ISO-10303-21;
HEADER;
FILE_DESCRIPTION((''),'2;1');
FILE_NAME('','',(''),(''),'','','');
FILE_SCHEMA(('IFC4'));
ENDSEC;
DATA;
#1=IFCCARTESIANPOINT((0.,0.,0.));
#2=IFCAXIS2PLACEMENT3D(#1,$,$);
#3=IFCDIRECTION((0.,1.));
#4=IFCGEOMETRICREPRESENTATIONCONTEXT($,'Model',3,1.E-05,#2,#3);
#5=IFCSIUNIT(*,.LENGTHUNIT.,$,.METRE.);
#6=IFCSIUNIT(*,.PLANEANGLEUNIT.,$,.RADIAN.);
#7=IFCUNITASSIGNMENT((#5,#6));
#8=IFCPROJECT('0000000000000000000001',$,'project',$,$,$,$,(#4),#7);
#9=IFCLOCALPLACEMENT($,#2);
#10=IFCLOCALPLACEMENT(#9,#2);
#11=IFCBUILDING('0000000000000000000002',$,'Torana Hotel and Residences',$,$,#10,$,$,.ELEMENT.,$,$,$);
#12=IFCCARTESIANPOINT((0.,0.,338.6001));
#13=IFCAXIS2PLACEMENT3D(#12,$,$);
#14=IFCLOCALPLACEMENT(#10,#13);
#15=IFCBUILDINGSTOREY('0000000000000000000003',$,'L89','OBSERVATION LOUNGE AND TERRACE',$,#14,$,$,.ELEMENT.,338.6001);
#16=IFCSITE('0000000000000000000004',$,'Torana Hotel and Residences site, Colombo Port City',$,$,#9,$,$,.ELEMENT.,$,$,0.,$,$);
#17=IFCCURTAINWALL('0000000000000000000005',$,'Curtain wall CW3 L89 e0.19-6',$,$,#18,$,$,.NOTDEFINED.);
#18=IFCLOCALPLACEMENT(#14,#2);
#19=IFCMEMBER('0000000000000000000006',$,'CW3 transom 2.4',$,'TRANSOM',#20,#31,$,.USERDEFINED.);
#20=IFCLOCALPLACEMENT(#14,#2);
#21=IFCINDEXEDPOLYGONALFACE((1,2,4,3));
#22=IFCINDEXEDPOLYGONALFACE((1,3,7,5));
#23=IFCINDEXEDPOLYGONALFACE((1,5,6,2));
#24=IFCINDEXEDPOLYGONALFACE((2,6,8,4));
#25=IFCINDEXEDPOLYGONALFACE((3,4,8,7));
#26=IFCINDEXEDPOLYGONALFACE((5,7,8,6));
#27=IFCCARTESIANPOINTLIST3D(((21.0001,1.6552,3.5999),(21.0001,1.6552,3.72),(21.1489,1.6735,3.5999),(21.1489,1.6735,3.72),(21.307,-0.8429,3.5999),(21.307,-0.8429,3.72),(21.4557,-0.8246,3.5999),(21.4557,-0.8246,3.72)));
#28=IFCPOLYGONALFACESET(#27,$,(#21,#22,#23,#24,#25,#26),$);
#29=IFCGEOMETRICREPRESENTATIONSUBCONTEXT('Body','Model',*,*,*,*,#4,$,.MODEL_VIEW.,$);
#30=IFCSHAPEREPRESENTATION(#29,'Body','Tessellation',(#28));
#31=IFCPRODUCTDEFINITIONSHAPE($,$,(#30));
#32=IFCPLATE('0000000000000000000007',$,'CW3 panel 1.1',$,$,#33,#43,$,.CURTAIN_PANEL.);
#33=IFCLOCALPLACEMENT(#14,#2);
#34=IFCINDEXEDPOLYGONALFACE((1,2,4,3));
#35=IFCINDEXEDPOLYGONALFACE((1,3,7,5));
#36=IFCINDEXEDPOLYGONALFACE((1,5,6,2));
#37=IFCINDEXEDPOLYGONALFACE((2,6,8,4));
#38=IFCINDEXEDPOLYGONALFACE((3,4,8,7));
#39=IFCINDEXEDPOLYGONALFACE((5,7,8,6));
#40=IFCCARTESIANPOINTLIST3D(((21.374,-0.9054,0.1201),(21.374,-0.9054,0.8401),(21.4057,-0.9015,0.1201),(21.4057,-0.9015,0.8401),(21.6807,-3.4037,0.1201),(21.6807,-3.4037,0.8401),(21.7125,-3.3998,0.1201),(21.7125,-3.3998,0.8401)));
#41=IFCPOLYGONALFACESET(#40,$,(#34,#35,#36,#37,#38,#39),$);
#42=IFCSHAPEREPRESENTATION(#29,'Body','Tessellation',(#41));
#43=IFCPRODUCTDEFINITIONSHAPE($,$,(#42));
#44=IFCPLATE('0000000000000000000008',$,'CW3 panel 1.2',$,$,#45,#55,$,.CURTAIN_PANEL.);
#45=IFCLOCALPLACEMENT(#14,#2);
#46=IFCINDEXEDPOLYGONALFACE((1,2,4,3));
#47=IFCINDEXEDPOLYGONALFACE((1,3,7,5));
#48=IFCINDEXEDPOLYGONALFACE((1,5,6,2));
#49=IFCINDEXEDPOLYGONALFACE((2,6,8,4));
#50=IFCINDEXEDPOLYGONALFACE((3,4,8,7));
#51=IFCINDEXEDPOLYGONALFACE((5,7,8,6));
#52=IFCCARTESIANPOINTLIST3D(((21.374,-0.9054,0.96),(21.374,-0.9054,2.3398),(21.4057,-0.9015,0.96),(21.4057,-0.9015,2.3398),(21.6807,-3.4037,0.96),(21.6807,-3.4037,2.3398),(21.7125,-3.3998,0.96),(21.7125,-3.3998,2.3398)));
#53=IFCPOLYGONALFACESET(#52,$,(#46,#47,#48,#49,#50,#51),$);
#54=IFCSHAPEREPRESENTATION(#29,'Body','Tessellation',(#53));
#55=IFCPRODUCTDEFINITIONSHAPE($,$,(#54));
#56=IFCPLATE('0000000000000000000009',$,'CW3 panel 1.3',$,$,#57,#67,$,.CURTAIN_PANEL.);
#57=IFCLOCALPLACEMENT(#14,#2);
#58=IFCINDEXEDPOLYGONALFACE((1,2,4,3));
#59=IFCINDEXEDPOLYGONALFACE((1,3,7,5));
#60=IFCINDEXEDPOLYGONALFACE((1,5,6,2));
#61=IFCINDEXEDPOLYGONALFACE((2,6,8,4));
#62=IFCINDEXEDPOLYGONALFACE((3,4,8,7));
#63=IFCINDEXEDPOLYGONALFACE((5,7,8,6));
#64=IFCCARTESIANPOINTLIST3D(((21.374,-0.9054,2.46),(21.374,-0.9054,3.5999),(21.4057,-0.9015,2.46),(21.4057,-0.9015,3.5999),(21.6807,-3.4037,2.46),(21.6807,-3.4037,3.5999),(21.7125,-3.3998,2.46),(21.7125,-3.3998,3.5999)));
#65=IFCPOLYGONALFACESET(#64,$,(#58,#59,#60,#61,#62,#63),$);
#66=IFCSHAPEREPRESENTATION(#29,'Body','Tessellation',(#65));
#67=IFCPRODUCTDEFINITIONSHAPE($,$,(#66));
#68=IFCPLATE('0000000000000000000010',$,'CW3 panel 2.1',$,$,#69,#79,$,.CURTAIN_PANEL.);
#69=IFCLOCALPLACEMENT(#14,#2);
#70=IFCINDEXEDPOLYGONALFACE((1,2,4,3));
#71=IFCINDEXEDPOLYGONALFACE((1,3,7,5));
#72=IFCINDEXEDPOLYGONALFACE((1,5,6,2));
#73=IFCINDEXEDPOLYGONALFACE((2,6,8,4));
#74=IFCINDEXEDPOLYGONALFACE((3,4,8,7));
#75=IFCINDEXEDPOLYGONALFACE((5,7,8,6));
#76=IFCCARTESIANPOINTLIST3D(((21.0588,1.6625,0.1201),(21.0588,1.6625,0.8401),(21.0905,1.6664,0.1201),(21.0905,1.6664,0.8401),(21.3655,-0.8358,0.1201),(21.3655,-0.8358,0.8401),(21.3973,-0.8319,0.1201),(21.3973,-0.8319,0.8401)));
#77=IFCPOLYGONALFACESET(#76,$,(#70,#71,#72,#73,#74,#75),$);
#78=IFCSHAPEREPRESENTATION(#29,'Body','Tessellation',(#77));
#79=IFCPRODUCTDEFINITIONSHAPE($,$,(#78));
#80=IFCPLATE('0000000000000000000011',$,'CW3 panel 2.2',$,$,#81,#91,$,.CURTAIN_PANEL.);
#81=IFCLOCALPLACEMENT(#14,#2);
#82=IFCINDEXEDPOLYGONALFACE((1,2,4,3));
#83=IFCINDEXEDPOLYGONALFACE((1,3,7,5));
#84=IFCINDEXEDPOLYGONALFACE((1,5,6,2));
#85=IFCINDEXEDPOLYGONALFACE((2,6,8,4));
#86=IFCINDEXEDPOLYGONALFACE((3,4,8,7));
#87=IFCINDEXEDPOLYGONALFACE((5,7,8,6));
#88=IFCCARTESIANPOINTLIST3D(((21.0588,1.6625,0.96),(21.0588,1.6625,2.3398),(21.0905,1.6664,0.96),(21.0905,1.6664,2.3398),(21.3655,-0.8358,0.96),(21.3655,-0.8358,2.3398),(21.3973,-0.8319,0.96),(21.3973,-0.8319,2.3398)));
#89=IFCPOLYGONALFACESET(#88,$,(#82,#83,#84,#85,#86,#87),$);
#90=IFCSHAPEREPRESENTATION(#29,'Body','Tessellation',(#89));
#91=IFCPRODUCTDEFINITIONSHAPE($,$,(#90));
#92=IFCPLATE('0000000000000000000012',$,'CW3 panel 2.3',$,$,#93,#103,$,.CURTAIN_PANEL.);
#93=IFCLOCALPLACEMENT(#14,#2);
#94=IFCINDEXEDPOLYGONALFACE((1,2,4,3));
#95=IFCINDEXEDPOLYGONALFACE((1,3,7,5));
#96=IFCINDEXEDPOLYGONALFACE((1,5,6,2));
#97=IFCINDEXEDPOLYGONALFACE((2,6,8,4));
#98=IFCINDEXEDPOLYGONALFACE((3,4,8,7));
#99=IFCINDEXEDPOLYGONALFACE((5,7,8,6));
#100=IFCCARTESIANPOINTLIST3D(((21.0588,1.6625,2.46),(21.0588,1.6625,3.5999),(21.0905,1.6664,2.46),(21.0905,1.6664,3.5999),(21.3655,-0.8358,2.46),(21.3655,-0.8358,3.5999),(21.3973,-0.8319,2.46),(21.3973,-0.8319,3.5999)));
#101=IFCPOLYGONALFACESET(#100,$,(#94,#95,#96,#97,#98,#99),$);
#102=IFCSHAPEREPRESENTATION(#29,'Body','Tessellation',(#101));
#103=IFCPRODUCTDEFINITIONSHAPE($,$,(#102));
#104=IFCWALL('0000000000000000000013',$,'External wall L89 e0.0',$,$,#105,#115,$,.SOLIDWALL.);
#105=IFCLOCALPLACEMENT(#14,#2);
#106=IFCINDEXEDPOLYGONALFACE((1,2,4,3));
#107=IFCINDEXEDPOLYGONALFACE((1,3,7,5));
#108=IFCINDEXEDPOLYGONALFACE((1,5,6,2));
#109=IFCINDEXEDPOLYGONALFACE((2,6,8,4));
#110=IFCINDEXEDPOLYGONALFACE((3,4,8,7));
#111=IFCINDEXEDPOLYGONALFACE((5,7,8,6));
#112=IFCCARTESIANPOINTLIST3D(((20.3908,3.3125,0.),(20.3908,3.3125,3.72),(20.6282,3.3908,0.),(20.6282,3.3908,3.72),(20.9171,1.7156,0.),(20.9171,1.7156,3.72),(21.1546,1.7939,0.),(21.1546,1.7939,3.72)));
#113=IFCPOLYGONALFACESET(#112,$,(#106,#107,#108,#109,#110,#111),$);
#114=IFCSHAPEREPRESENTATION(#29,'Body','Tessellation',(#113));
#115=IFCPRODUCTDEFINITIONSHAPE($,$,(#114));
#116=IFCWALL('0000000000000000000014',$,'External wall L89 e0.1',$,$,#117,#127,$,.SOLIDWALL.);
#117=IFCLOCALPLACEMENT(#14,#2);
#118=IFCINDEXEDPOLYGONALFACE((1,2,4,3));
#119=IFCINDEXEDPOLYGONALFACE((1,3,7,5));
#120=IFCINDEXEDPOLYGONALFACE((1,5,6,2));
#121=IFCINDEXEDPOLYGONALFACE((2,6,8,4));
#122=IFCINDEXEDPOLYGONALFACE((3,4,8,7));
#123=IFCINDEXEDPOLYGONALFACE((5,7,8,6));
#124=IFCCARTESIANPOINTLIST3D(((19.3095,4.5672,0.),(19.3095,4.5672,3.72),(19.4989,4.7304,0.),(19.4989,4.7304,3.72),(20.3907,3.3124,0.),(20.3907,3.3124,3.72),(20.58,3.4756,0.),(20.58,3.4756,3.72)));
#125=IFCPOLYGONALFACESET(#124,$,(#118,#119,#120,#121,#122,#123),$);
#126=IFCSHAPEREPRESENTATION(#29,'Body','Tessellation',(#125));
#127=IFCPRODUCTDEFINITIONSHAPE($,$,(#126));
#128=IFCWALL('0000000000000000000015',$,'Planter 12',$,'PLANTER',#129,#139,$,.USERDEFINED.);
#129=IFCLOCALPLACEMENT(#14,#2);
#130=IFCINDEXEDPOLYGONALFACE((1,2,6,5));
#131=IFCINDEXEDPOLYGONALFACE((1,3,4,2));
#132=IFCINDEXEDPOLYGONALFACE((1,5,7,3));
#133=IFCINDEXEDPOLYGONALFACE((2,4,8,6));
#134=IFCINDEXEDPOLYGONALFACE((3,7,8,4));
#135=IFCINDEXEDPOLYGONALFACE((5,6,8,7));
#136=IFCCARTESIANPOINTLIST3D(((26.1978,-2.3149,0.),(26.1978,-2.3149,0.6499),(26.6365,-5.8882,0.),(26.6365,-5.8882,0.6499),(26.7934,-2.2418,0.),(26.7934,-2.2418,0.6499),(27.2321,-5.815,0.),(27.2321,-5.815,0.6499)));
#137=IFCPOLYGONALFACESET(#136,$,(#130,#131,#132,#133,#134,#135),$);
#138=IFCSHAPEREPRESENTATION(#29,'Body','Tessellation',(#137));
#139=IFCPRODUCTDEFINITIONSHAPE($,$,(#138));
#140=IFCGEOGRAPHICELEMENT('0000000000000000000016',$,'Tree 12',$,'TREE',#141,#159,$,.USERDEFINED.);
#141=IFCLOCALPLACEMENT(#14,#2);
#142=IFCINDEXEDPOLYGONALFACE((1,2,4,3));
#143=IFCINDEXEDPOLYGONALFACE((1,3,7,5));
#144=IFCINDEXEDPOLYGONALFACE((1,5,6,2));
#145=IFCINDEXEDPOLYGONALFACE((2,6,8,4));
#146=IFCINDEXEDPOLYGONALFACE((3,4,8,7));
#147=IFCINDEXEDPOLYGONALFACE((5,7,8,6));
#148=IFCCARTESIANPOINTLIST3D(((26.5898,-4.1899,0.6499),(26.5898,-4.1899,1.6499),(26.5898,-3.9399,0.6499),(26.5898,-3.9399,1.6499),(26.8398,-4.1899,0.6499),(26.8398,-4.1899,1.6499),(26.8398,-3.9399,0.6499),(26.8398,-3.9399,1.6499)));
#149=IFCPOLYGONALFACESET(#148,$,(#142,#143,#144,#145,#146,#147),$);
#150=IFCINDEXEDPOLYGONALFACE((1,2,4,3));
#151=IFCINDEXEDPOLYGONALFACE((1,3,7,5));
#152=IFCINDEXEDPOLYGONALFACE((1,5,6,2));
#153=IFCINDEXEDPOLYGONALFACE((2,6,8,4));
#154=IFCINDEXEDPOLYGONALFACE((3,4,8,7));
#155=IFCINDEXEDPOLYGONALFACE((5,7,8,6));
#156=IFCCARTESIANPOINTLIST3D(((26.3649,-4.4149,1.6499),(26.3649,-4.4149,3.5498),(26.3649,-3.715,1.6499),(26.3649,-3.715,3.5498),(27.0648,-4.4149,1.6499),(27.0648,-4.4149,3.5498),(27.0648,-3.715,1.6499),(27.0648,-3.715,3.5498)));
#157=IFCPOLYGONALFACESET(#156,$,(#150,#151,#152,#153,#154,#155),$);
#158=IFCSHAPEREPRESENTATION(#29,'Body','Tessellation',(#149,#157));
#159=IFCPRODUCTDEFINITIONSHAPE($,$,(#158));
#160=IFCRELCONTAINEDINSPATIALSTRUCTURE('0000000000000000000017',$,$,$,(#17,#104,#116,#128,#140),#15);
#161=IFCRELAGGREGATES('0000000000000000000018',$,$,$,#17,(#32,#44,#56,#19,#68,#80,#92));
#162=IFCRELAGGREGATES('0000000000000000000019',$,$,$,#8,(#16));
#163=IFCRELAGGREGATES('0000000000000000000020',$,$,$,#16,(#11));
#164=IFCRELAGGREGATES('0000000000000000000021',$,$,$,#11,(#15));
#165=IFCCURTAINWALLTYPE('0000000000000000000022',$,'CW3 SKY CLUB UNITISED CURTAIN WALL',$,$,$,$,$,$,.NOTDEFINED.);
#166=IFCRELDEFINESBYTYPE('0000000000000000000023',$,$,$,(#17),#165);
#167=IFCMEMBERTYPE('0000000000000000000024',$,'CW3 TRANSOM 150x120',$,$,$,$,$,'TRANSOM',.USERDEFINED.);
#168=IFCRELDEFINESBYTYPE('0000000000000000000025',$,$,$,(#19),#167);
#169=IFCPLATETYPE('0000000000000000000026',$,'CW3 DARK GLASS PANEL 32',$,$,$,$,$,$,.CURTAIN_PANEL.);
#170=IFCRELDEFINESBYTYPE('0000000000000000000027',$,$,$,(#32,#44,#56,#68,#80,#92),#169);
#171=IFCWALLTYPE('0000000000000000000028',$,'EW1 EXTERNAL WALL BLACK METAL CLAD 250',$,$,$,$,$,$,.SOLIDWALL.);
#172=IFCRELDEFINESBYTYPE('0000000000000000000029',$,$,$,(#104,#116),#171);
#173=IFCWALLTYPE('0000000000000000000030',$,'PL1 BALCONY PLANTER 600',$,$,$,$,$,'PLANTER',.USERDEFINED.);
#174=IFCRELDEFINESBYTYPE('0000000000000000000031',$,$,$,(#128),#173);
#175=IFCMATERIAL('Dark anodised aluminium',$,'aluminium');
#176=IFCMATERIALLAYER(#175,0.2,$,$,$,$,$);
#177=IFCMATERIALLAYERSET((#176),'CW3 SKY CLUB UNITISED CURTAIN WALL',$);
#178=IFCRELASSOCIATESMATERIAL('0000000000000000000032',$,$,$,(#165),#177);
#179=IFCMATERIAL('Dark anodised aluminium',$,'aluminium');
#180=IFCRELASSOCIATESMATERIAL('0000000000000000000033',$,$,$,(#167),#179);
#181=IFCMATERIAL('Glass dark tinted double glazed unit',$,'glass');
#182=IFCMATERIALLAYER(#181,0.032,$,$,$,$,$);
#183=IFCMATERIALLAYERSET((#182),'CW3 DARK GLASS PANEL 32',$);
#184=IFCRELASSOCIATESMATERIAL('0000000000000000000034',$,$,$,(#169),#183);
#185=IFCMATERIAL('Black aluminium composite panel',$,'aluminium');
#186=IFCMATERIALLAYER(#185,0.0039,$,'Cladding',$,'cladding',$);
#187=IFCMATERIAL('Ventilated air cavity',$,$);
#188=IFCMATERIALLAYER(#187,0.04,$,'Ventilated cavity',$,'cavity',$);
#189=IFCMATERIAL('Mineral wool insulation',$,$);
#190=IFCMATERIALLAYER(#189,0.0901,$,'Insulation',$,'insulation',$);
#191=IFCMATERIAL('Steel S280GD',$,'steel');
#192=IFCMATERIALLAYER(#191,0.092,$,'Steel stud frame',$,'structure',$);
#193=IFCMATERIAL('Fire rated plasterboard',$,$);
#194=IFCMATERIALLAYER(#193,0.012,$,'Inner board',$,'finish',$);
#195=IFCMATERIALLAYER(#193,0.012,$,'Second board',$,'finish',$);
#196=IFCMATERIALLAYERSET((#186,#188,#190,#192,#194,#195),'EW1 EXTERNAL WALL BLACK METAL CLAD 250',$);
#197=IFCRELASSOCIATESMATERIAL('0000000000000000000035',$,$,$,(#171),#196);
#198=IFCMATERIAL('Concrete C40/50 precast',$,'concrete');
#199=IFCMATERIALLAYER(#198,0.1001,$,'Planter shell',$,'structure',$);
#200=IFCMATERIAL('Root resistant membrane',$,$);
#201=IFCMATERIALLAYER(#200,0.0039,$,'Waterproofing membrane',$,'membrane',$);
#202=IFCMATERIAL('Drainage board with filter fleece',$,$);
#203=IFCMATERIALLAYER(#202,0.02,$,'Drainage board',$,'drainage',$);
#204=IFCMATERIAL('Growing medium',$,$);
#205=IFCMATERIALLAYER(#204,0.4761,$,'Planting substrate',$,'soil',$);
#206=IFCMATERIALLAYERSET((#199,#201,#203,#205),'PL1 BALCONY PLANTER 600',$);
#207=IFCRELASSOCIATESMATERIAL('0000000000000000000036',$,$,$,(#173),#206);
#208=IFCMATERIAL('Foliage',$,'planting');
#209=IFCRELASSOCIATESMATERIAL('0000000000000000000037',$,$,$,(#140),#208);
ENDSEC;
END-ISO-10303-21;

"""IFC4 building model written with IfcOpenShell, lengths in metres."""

from ifc_helpers import new_model, si_unit, direction, frame, frame_2d, origin, origin_2d, place, context, subcontext, project, spatial, rectangle, extrude, material, layer, layer_set, material_profile, profile_set, type_object, element, aggregate, save


model = new_model("IFC4")

# Units and contexts
model_context = context("Model", 3, precision=1e-05, world=origin(), true_north=direction((0.0, 1.0)))
body_context = subcontext(model_context, "Body", "Model", "MODEL_VIEW")
ifc_project = project(units=[si_unit("LENGTHUNIT", "METRE"), si_unit("PLANEANGLEUNIT", "RADIAN")], contexts=[model_context])

# Site, building, storey
site_placement = place(None, origin())
site = spatial("IfcSite", under=ifc_project, at=site_placement, Name="Torana Hotel and Residences site, Colombo Port City", CompositionType="ELEMENT", RefElevation=0.0)
building_placement = place(site_placement, origin())
building = spatial("IfcBuilding", under=site, at=building_placement, Name="Torana Hotel and Residences", CompositionType="ELEMENT")
storey_placement = place(building_placement, frame((0.0, 0.0, 338.6001)))
storey = spatial("IfcBuildingStorey", under=building, at=storey_placement, Name="L89", Description="OBSERVATION LOUNGE AND TERRACE", CompositionType="ELEMENT", Elevation=338.6001)

# Curtain wall, member, plates
ifc_material_1 = material(Name="Dark anodised aluminium", Category="aluminium")
ifc_layer_1 = layer(ifc_material_1, 0.2)
ifc_layer_set_1 = layer_set([ifc_layer_1], Name="CW3 SKY CLUB UNITISED CURTAIN WALL")
curtain_wall_type = type_object("IfcCurtainWallType", Name="CW3 SKY CLUB UNITISED CURTAIN WALL", PredefinedType="NOTDEFINED", material=ifc_layer_set_1)
curtain_wall_placement = place(storey_placement, origin())
curtain_wall = element("IfcCurtainWall", 1, at=curtain_wall_placement, inside=storey, type_object=curtain_wall_type, Name="Curtain wall CW3 L89 e0.19-6", PredefinedType="NOTDEFINED")
ifc_material_2 = material(Name="Dark anodised aluminium", Category="aluminium")
ifc_material_profile_1 = material_profile(ifc_material_2, rectangle(XDim=0.1499, YDim=0.1201, at=origin_2d()), Name="CW3 TRANSOM 150x120")
ifc_profile_set_1 = profile_set([ifc_material_profile_1], Name="Dark anodised aluminium")
member_type_1 = type_object("IfcMemberType", Name="CW3 TRANSOM 150x120", ElementType="TRANSOM", PredefinedType="USERDEFINED", material=ifc_profile_set_1)
member_1_placement = place(storey_placement, frame((21.3813, -0.8337, 3.6599), z_axis=(-0.121933, 0.992538, 0.0), x_axis=(-0.992538, -0.121933, 0.0)))
member_1 = element("IfcMember", 2, at=member_1_placement, type_object=member_type_1, Name="CW3 transom 2.4", ObjectType="TRANSOM", PredefinedType="USERDEFINED", context=body_context, shape_type="SweptSolid", body=[
    extrude(rectangle(XDim=0.1499, YDim=0.1201, at=origin_2d()), origin(), (0.0, 0.0, 1.0), 2.5168),
])
ifc_material_3 = material(Name="Glass dark tinted double glazed unit", Category="glass")
ifc_layer_2 = layer(ifc_material_3, 0.032)
ifc_layer_set_2 = layer_set([ifc_layer_2], Name="CW3 DARK GLASS PANEL 32")
plate_type = type_object("IfcPlateType", Name="CW3 DARK GLASS PANEL 32", PredefinedType="CURTAIN_PANEL", material=ifc_layer_set_2)
plate_1_placement = place(storey_placement, frame((21.5432, -2.1526, 0.1201), z_axis=(0.0, 0.0, 1.0), x_axis=(-0.121871, 0.992546, 0.0)))
plate_1 = element("IfcPlate", 3, at=plate_1_placement, type_object=plate_type, Name="CW3 panel 1.1", PredefinedType="CURTAIN_PANEL", context=body_context, shape_type="SweptSolid", body=[
    extrude(rectangle(XDim=2.5171, YDim=0.032, at=origin_2d()), origin(), (0.0, 0.0, 1.0), 0.72),
])
plate_2_placement = place(storey_placement, frame((21.5432, -2.1526, 0.96), z_axis=(0.0, 0.0, 1.0), x_axis=(-0.121871, 0.992546, 0.0)))
plate_2 = element("IfcPlate", 4, at=plate_2_placement, type_object=plate_type, Name="CW3 panel 1.2", PredefinedType="CURTAIN_PANEL", context=body_context, shape_type="SweptSolid", body=[
    extrude(rectangle(XDim=2.5171, YDim=0.032, at=origin_2d()), origin(), (0.0, 0.0, 1.0), 1.3799),
])
plate_3_placement = place(storey_placement, frame((21.5432, -2.1526, 2.46), z_axis=(0.0, 0.0, 1.0), x_axis=(-0.121871, 0.992546, 0.0)))
plate_3 = element("IfcPlate", 5, at=plate_3_placement, type_object=plate_type, Name="CW3 panel 1.3", PredefinedType="CURTAIN_PANEL", context=body_context, shape_type="SweptSolid", body=[
    extrude(rectangle(XDim=2.5171, YDim=0.032, at=origin_2d()), origin(), (0.0, 0.0, 1.0), 1.1399),
])
plate_4_placement = place(storey_placement, frame((21.228, 0.4153, 0.1201), z_axis=(0.0, 0.0, 1.0), x_axis=(-0.121871, 0.992546, 0.0)))
plate_4 = element("IfcPlate", 6, at=plate_4_placement, type_object=plate_type, Name="CW3 panel 2.1", PredefinedType="CURTAIN_PANEL", context=body_context, shape_type="SweptSolid", body=[
    extrude(rectangle(XDim=2.5171, YDim=0.032, at=origin_2d()), origin(), (0.0, 0.0, 1.0), 0.72),
])
plate_5_placement = place(storey_placement, frame((21.228, 0.4153, 0.96), z_axis=(0.0, 0.0, 1.0), x_axis=(-0.121871, 0.992546, 0.0)))
plate_5 = element("IfcPlate", 7, at=plate_5_placement, type_object=plate_type, Name="CW3 panel 2.2", PredefinedType="CURTAIN_PANEL", context=body_context, shape_type="SweptSolid", body=[
    extrude(rectangle(XDim=2.5171, YDim=0.032, at=origin_2d()), origin(), (0.0, 0.0, 1.0), 1.3799),
])
plate_6_placement = place(storey_placement, frame((21.228, 0.4153, 2.46), z_axis=(0.0, 0.0, 1.0), x_axis=(-0.121871, 0.992546, 0.0)))
plate_6 = element("IfcPlate", 8, at=plate_6_placement, type_object=plate_type, Name="CW3 panel 2.3", PredefinedType="CURTAIN_PANEL", context=body_context, shape_type="SweptSolid", body=[
    extrude(rectangle(XDim=2.5171, YDim=0.032, at=origin_2d()), origin(), (0.0, 0.0, 1.0), 1.1399),
])
aggregate(curtain_wall, [plate_1, plate_2, plate_3, member_1, plate_4, plate_5, plate_6])

# Walls
ifc_material_4 = material(Name="Black aluminium composite panel", Category="aluminium")
ifc_layer_3 = layer(ifc_material_4, 0.0039, Name="Cladding", Category="cladding")
ifc_material_5 = material(Name="Ventilated air cavity")
ifc_layer_4 = layer(ifc_material_5, 0.04, Name="Ventilated cavity", Category="cavity")
ifc_material_6 = material(Name="Mineral wool insulation")
ifc_layer_5 = layer(ifc_material_6, 0.0901, Name="Insulation", Category="insulation")
ifc_material_7 = material(Name="Steel S280GD", Category="steel")
ifc_layer_6 = layer(ifc_material_7, 0.092, Name="Steel stud frame", Category="structure")
ifc_material_8 = material(Name="Fire rated plasterboard")
ifc_layer_7 = layer(ifc_material_8, 0.012, Name="Inner board", Category="finish")
ifc_layer_8 = layer(ifc_material_8, 0.012, Name="Second board", Category="finish")
ifc_layer_set_3 = layer_set([ifc_layer_3, ifc_layer_4, ifc_layer_5, ifc_layer_6, ifc_layer_7, ifc_layer_8], Name="EW1 EXTERNAL WALL BLACK METAL CLAD 250")
wall_type_1 = type_object("IfcWallType", Name="EW1 EXTERNAL WALL BLACK METAL CLAD 250", PredefinedType="SOLIDWALL", material=ifc_layer_set_3)
wall_1_placement = place(storey_placement, frame((21.0359, 1.7546, 0.0), z_axis=(0.0, 0.0, 1.0), x_axis=(-0.313046, 0.949738, 0.0)))
element("IfcWall", 9, at=wall_1_placement, inside=storey, type_object=wall_type_1, Name="External wall L89 e0.0", PredefinedType="SOLIDWALL", context=body_context, shape_type="SweptSolid", body=[
    extrude(rectangle(XDim=1.6814, YDim=0.25, at=frame_2d((0.8408, 0.0))), origin(), (0.0, 0.0, 1.0), 3.72),
])
wall_2_placement = place(storey_placement, frame((20.4854, 3.394, 0.0), z_axis=(0.0, 0.0, 1.0), x_axis=(-0.652756, 0.757568, 0.0)))
element("IfcWall", 10, at=wall_2_placement, inside=storey, type_object=wall_type_1, Name="External wall L89 e0.1", PredefinedType="SOLIDWALL", context=body_context, shape_type="SweptSolid", body=[
    extrude(rectangle(XDim=1.6562, YDim=0.25, at=frame_2d((0.8281, 0.0))), origin(), (0.0, 0.0, 1.0), 3.72),
])
ifc_material_9 = material(Name="Concrete C40/50 precast", Category="concrete")
ifc_layer_9 = layer(ifc_material_9, 0.1001, Name="Planter shell", Category="structure")
ifc_material_10 = material(Name="Root resistant membrane")
ifc_layer_10 = layer(ifc_material_10, 0.0039, Name="Waterproofing membrane", Category="membrane")
ifc_material_11 = material(Name="Drainage board with filter fleece")
ifc_layer_11 = layer(ifc_material_11, 0.02, Name="Drainage board", Category="drainage")
ifc_material_12 = material(Name="Growing medium")
ifc_layer_12 = layer(ifc_material_12, 0.4761, Name="Planting substrate", Category="soil")
ifc_layer_set_4 = layer_set([ifc_layer_9, ifc_layer_10, ifc_layer_11, ifc_layer_12], Name="PL1 BALCONY PLANTER 600")
wall_type_2 = type_object("IfcWallType", Name="PL1 BALCONY PLANTER 600", ElementType="PLANTER", PredefinedType="USERDEFINED", material=ifc_layer_set_4)
wall_3_placement = place(storey_placement, frame((26.4956, -2.2783, 0.0), z_axis=(0.0, 0.0, 1.0), x_axis=(0.121864, -0.992547, 0.0)))
element("IfcWall", 11, at=wall_3_placement, inside=storey, type_object=wall_type_2, Name="Planter 12", ObjectType="PLANTER", PredefinedType="USERDEFINED", context=body_context, shape_type="SweptSolid", body=[
    extrude(rectangle(XDim=3.6001, YDim=0.6001, at=frame_2d((1.8, 0.0))), origin(), (0.0, 0.0, 1.0), 0.6499),
])

# Geographic element
ifc_material_13 = material(Name="Foliage", Category="planting")
geographic_element_placement = place(storey_placement, frame((26.7148, -4.0649, 0.6499), z_axis=(0.0, 0.0, 1.0), x_axis=(1.0, 0.0, 0.0)))
element("IfcGeographicElement", 12, at=geographic_element_placement, inside=storey, material=ifc_material_13, Name="Tree 12", ObjectType="TREE", PredefinedType="USERDEFINED", context=body_context, shape_type="SweptSolid", body=[
    extrude(rectangle(XDim=0.25, YDim=0.25, at=origin_2d()), origin(), (0.0, 0.0, 1.0), 1.0),
    extrude(rectangle(XDim=0.7, YDim=0.7, at=origin_2d()), frame((0.0, 0.0, 1.0)), (0.0, 0.0, 1.0), 1.8999),
])

save(model, "model.ifc")
